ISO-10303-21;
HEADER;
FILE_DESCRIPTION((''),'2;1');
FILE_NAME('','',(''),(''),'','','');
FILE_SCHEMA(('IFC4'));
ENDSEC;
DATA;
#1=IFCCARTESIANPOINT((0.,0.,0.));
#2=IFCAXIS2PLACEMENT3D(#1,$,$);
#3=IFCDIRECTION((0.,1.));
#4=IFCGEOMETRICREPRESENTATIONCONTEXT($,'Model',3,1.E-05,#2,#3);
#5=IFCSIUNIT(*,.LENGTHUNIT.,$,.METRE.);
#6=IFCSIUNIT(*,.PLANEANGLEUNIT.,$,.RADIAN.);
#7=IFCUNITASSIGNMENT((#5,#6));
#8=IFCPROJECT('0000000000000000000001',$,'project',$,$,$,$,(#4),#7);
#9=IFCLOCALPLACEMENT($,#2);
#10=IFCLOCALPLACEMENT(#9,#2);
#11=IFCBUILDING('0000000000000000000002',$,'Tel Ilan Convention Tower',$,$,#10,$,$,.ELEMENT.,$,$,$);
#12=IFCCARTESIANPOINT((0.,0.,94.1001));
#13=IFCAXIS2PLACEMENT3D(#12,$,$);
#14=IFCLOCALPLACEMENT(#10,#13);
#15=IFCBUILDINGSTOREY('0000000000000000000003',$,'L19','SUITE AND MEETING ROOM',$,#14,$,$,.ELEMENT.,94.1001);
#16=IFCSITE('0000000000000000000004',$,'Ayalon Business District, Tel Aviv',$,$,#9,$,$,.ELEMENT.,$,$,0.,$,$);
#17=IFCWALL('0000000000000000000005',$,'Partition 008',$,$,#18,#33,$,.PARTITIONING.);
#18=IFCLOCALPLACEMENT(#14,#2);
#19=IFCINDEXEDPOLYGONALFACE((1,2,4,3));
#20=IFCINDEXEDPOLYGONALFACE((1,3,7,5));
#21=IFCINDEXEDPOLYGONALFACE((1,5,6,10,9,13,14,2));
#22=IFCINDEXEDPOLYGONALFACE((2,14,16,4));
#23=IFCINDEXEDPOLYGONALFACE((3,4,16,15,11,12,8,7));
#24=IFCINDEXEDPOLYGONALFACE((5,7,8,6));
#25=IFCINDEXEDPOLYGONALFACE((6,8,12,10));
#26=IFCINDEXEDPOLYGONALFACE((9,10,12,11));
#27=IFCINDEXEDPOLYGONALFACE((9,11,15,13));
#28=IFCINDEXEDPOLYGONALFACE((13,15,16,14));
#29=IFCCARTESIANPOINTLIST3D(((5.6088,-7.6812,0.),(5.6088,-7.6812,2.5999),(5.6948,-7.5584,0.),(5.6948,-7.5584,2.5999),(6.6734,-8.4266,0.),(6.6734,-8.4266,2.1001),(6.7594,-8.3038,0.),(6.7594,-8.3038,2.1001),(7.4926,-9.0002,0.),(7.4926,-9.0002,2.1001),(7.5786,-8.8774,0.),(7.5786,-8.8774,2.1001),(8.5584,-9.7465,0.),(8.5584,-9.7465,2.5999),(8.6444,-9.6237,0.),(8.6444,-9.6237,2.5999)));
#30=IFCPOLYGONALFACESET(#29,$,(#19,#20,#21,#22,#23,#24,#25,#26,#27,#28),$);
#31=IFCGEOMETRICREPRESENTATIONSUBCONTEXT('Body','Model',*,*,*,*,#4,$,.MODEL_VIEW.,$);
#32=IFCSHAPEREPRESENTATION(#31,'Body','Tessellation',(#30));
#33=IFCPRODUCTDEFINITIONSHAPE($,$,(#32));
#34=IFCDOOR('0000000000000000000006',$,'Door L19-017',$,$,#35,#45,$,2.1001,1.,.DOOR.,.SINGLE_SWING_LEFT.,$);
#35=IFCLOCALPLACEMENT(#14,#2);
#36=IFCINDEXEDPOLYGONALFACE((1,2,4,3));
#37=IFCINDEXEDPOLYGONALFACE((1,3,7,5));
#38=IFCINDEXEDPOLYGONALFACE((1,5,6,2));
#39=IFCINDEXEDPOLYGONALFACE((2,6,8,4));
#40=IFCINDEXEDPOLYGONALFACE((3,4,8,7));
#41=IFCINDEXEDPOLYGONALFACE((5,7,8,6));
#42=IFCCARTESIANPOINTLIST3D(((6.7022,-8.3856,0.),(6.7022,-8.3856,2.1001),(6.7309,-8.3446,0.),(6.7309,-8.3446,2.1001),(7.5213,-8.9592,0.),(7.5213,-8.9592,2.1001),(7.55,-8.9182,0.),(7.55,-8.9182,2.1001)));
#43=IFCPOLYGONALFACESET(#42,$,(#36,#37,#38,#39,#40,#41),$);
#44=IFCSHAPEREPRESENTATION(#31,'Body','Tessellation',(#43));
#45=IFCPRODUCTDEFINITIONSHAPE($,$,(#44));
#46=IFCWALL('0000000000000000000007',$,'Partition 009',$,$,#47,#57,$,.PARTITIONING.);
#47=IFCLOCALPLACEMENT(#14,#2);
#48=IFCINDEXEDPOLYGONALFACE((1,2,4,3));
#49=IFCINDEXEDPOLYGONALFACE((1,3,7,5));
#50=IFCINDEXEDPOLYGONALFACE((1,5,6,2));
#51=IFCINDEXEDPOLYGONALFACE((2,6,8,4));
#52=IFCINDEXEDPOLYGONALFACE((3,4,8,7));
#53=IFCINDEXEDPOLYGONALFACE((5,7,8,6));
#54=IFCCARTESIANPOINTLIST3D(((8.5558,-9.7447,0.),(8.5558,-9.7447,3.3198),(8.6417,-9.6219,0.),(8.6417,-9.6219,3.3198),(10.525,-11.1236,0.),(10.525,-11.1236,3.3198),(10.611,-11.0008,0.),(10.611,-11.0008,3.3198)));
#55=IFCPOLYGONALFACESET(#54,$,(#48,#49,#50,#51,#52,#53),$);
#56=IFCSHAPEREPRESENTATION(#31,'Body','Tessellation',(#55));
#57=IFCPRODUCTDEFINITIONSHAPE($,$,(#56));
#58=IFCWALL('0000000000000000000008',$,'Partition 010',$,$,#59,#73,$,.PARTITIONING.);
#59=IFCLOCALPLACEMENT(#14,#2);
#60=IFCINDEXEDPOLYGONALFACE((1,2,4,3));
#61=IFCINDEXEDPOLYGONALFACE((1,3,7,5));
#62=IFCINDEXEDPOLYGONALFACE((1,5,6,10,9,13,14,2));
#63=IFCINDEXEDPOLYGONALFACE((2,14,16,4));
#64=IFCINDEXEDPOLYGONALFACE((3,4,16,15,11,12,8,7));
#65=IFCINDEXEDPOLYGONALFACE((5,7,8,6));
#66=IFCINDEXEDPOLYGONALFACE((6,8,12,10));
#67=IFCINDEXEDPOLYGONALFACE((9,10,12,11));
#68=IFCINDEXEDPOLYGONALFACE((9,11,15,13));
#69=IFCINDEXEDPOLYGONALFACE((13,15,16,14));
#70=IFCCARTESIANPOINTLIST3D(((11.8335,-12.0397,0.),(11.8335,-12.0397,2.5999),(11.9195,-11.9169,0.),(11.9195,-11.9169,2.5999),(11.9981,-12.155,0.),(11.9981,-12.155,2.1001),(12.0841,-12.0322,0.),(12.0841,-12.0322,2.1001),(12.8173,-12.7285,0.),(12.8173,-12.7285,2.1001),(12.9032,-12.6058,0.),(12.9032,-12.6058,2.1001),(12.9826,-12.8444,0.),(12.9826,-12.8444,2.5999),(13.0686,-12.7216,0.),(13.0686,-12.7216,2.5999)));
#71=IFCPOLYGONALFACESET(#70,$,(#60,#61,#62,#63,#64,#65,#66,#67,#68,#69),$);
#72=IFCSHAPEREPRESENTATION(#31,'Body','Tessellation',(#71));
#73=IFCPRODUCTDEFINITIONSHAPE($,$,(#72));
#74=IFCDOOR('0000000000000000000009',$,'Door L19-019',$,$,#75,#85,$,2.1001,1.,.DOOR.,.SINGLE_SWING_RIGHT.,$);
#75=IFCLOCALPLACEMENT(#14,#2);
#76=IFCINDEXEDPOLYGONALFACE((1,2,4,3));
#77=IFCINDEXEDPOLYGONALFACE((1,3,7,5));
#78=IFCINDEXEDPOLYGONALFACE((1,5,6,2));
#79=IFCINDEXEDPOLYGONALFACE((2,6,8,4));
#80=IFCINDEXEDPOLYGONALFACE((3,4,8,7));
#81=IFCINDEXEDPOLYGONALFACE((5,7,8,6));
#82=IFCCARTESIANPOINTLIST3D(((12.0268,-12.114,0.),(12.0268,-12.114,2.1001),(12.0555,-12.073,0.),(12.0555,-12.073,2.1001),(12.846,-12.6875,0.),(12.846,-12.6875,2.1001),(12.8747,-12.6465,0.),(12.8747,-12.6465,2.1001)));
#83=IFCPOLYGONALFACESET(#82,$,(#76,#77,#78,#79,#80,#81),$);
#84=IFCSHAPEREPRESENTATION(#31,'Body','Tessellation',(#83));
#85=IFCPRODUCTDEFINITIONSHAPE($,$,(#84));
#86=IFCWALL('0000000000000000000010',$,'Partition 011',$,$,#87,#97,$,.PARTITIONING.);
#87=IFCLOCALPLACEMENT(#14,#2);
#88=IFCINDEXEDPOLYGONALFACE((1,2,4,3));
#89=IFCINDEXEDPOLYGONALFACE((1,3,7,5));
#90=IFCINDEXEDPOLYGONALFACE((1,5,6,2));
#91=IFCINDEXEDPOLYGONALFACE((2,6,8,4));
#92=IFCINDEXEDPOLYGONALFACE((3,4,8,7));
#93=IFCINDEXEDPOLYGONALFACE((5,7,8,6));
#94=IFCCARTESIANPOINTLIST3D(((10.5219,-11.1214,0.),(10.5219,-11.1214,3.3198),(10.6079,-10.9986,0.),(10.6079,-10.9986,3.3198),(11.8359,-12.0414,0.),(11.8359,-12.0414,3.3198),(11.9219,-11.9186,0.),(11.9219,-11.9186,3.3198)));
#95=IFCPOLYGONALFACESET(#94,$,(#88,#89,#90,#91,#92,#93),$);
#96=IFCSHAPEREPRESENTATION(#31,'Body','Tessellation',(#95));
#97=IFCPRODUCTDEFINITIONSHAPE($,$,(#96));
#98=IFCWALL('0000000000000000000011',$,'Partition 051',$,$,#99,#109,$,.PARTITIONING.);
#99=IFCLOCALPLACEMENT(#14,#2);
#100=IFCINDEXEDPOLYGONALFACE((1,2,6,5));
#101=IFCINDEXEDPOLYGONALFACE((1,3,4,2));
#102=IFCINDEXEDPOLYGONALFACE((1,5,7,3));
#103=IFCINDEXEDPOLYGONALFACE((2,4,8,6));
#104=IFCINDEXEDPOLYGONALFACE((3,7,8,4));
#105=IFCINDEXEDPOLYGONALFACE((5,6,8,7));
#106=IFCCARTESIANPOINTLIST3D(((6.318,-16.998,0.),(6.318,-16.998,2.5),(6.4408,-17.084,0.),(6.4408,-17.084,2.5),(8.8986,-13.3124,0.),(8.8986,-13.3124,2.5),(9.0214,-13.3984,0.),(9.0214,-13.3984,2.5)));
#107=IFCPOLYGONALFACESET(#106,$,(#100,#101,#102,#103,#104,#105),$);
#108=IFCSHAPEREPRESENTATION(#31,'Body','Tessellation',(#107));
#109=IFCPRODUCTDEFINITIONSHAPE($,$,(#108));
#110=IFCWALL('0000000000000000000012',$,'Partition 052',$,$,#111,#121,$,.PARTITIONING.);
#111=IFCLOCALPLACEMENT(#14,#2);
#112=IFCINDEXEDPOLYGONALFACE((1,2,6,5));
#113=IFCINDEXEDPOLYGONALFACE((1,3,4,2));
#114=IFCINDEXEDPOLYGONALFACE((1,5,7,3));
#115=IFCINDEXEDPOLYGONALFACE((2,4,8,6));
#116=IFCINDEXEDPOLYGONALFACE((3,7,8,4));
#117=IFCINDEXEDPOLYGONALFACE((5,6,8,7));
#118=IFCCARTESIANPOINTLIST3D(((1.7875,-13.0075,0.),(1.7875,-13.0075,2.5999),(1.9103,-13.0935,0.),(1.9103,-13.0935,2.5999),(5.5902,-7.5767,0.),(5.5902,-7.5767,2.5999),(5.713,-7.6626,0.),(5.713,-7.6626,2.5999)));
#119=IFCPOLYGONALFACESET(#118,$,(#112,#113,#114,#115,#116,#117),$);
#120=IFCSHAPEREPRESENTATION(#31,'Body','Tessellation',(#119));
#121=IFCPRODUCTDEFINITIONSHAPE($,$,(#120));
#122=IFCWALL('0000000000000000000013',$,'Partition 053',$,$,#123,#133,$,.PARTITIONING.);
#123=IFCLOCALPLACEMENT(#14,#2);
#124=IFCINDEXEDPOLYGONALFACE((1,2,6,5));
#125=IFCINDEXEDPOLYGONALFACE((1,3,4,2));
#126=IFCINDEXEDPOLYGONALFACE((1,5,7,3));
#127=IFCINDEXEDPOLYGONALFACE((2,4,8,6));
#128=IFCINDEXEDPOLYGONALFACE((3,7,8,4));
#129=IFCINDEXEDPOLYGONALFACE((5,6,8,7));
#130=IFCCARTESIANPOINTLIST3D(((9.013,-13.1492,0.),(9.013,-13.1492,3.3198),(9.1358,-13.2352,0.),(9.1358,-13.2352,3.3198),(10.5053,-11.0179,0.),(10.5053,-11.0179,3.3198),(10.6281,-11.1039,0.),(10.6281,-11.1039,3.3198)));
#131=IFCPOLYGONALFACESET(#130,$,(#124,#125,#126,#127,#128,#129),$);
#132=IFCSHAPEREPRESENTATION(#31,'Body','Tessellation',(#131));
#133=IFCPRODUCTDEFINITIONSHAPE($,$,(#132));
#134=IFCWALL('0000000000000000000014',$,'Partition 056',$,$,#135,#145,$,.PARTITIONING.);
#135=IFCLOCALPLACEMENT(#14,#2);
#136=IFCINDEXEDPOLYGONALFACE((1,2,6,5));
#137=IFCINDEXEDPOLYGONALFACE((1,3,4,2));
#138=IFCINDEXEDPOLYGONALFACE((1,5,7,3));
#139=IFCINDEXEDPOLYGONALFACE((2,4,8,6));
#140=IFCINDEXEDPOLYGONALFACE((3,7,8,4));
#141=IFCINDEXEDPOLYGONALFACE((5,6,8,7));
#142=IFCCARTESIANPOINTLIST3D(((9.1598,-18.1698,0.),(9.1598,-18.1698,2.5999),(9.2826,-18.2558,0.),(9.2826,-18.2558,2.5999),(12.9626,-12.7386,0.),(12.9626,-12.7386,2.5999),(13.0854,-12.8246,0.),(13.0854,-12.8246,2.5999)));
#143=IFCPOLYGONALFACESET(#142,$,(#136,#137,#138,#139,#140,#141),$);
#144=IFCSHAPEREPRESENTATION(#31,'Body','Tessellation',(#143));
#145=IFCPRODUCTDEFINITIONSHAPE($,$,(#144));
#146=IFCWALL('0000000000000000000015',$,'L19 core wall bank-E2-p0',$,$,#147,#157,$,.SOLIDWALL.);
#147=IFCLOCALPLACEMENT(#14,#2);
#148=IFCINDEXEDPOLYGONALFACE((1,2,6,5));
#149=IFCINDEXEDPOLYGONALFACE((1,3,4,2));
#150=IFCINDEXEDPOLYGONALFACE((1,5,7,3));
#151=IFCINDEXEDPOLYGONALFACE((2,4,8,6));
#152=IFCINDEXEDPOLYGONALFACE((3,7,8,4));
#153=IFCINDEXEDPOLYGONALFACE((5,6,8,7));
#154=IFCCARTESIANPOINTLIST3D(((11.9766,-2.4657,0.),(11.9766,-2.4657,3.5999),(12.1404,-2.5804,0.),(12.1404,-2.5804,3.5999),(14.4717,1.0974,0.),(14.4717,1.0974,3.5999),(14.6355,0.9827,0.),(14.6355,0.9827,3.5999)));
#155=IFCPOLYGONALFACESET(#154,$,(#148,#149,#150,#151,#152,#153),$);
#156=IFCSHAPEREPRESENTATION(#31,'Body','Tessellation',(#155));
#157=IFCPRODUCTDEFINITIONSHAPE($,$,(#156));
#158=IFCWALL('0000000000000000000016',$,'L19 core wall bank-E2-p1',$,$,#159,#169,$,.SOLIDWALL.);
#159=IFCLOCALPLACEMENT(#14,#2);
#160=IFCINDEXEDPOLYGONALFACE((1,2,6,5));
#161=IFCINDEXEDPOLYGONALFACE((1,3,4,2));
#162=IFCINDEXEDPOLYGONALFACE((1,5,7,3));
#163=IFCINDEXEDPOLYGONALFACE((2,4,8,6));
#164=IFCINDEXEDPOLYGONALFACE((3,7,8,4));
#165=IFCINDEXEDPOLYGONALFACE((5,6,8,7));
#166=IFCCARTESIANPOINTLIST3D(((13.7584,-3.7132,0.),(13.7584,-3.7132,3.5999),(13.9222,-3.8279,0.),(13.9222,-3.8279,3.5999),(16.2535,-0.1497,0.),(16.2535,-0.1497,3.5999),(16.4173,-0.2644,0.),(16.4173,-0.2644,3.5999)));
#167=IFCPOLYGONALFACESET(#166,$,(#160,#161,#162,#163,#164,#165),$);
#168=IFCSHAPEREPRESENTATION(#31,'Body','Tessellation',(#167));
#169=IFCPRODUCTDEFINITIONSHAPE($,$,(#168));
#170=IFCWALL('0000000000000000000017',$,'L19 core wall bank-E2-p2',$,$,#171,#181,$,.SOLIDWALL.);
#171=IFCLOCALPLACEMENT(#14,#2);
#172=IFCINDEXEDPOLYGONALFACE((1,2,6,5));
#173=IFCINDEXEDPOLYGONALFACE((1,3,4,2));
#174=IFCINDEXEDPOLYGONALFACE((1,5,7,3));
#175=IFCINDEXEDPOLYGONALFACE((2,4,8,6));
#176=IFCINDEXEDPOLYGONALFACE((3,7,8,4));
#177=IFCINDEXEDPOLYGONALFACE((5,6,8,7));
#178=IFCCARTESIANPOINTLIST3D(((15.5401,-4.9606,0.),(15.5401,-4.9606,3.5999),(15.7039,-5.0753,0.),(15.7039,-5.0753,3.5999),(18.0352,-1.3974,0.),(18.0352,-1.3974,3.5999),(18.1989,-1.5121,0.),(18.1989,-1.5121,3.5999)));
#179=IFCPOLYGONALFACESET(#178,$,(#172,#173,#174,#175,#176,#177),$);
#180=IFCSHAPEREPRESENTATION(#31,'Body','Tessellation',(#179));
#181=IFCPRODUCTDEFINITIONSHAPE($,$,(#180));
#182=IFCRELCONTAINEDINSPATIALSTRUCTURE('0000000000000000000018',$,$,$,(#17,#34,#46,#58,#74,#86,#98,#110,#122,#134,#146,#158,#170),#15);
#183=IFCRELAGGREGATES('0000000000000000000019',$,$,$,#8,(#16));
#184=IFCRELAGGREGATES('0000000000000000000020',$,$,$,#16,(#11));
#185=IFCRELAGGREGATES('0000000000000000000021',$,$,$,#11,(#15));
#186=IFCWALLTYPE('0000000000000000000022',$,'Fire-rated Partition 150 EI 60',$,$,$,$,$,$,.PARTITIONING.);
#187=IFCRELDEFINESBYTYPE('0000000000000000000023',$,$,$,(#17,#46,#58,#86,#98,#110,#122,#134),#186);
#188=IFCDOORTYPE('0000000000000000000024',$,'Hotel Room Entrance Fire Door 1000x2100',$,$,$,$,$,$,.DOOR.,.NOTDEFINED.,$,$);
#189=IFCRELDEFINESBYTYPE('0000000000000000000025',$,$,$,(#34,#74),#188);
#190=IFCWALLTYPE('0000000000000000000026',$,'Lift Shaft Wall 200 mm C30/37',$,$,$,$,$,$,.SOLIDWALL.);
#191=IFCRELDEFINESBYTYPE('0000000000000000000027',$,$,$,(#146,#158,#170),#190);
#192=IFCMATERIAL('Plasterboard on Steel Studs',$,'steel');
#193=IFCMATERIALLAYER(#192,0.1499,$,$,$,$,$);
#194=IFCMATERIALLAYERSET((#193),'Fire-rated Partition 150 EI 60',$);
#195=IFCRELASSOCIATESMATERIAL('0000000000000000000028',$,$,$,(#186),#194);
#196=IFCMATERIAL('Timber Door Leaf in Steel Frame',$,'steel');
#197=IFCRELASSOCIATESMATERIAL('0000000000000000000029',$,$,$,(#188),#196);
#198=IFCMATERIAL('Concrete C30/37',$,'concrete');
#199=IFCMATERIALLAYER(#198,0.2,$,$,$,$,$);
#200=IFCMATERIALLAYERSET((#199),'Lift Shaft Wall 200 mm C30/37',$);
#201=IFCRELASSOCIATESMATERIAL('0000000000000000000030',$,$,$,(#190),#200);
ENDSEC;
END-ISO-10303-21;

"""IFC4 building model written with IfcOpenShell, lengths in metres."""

from ifc_helpers import new_model, si_unit, direction, frame, frame_2d, origin, place, context, subcontext, project, spatial, rectangle, extrude, material, layer, layer_set, type_object, element, fill, save


model = new_model("IFC4")

# Units and contexts
model_context = context("Model", 3, precision=1e-05, world=origin(), true_north=direction((0.0, 1.0)))
body_context = subcontext(model_context, "Body", "Model", "MODEL_VIEW")
ifc_project = project(units=[si_unit("LENGTHUNIT", "METRE"), si_unit("PLANEANGLEUNIT", "RADIAN")], contexts=[model_context])

# Site, building, storey
site_placement = place(None, origin())
site = spatial("IfcSite", under=ifc_project, at=site_placement, Name="Ayalon Business District, Tel Aviv", CompositionType="ELEMENT", RefElevation=0.0)
building_placement = place(site_placement, origin())
building = spatial("IfcBuilding", under=site, at=building_placement, Name="Tel Ilan Convention Tower", CompositionType="ELEMENT")
storey_placement = place(building_placement, frame((0.0, 0.0, 94.1001)))
storey = spatial("IfcBuildingStorey", under=building, at=storey_placement, Name="L19", Description="SUITE AND MEETING ROOM", CompositionType="ELEMENT", Elevation=94.1001)

# Wall, opening, door
ifc_material_1 = material(Name="Plasterboard on Steel Studs", Category="steel")
ifc_layer_1 = layer(ifc_material_1, 0.1499)
ifc_layer_set_1 = layer_set([ifc_layer_1], Name="Fire-rated Partition 150 EI 60")
wall_type_1 = type_object("IfcWallType", Name="Fire-rated Partition 150 EI 60", PredefinedType="PARTITIONING", material=ifc_layer_set_1)
wall_1_placement = place(storey_placement, frame((8.6013, -9.6851, 0.0), z_axis=(0.0, 0.0, 1.0), x_axis=(-0.819149, 0.573581, 0.0)))
wall_1 = element("IfcWall", 1, at=wall_1_placement, inside=storey, type_object=wall_type_1, Name="Partition 008", PredefinedType="PARTITIONING", context=body_context, shape_type="SweptSolid", body=[
    extrude(rectangle(XDim=3.6008, YDim=0.1499, at=frame_2d((1.8003, 0.0))), origin(), (0.0, 0.0, 1.0), 2.5999),
])
opening_1_placement = place(wall_1_placement, frame((1.301, 0.0, 0.0)))
opening_1 = element("IfcOpeningElement", 2, at=opening_1_placement, cuts=wall_1, PredefinedType="OPENING", context=body_context, shape_type="SweptSolid", body=[
    extrude(rectangle(XDim=1.0, YDim=2.1001, at=frame_2d((0.5, 1.05))), frame((0.0, 0.085, 0.0), z_axis=(0.0, -1.0, 0.0), x_axis=(1.0, 0.0, 0.0)), (0.0, 0.0, 1.0), 0.1699),
])
ifc_material_2 = material(Name="Timber Door Leaf in Steel Frame", Category="steel")
door_type_1 = type_object("IfcDoorType", Name="Hotel Room Entrance Fire Door 1000x2100", OperationType="NOTDEFINED", PredefinedType="DOOR", material=ifc_material_2)
door_1_placement = place(opening_1_placement, origin())
door_1 = element("IfcDoor", 3, at=door_1_placement, inside=storey, type_object=door_type_1, Name="Door L19-017", OperationType="SINGLE_SWING_LEFT", OverallHeight=2.1001, OverallWidth=1.0, PredefinedType="DOOR", context=body_context, shape_type="SweptSolid", body=[
    extrude(rectangle(XDim=1.0, YDim=2.1001, at=frame_2d((0.5, 1.05))), frame((0.0, 0.0249, 0.0), z_axis=(0.0, -1.0, 0.0), x_axis=(1.0, 0.0, 0.0)), (0.0, 0.0, 1.0), 0.05),
])
fill(opening_1, door_1)

# Wall
wall_2_placement = place(storey_placement, frame((10.5681, -11.0623, 0.0), z_axis=(0.0, 0.0, 1.0), x_axis=(-0.819146, 0.573585, 0.0)))
element("IfcWall", 4, at=wall_2_placement, inside=storey, type_object=wall_type_1, Name="Partition 009", PredefinedType="PARTITIONING", context=body_context, shape_type="SweptSolid", body=[
    extrude(rectangle(XDim=2.4041, YDim=0.1499, at=frame_2d((1.2021, 0.0))), origin(), (0.0, 0.0, 1.0), 3.3198),
])

# Wall, opening, door
wall_3_placement = place(storey_placement, frame((13.0256, -12.783, 0.0), z_axis=(0.0, 0.0, 1.0), x_axis=(-0.819142, 0.573591, 0.0)))
wall_3 = element("IfcWall", 5, at=wall_3_placement, inside=storey, type_object=wall_type_1, Name="Partition 010", PredefinedType="PARTITIONING", context=body_context, shape_type="SweptSolid", body=[
    extrude(rectangle(XDim=1.4028, YDim=0.1499, at=frame_2d((0.7014, 0.0))), origin(), (0.0, 0.0, 1.0), 2.5999),
])
opening_2_placement = place(wall_3_placement, frame((0.2019, 0.0, 0.0)))
opening_2 = element("IfcOpeningElement", 6, at=opening_2_placement, cuts=wall_3, PredefinedType="OPENING", context=body_context, shape_type="SweptSolid", body=[
    extrude(rectangle(XDim=1.0, YDim=2.1001, at=frame_2d((0.5, 1.05))), frame((0.0, 0.085, 0.0), z_axis=(0.0, -1.0, 0.0), x_axis=(1.0, 0.0, 0.0)), (0.0, 0.0, 1.0), 0.1699),
])
door_2_placement = place(opening_2_placement, origin())
door_2 = element("IfcDoor", 7, at=door_2_placement, inside=storey, type_object=door_type_1, Name="Door L19-019", OperationType="SINGLE_SWING_RIGHT", OverallHeight=2.1001, OverallWidth=1.0, PredefinedType="DOOR", context=body_context, shape_type="SweptSolid", body=[
    extrude(rectangle(XDim=1.0, YDim=2.1001, at=frame_2d((0.5, 1.05))), frame((0.0, 0.0249, 0.0), z_axis=(0.0, -1.0, 0.0), x_axis=(1.0, 0.0, 0.0)), (0.0, 0.0, 1.0), 0.05),
])
fill(opening_2, door_2)

# Walls
wall_4_placement = place(storey_placement, frame((11.8789, -11.98, 0.0), z_axis=(0.0, 0.0, 1.0), x_axis=(-0.819189, 0.573524, 0.0)))
element("IfcWall", 8, at=wall_4_placement, inside=storey, type_object=wall_type_1, Name="Partition 011", PredefinedType="PARTITIONING", context=body_context, shape_type="SweptSolid", body=[
    extrude(rectangle(XDim=1.604, YDim=0.1499, at=frame_2d((0.802, 0.0))), origin(), (0.0, 0.0, 1.0), 3.3198),
])
wall_5_placement = place(storey_placement, frame((8.96, -13.3555, 0.0), z_axis=(0.0, 0.0, 1.0), x_axis=(-0.573564, -0.819161, 0.0)))
element("IfcWall", 9, at=wall_5_placement, inside=storey, type_object=wall_type_1, Name="Partition 051", PredefinedType="PARTITIONING", context=body_context, shape_type="SweptSolid", body=[
    extrude(rectangle(XDim=4.4993, YDim=0.1499, at=frame_2d((2.2495, 0.0))), origin(), (0.0, 0.0, 1.0), 2.5),
])
wall_6_placement = place(storey_placement, frame((1.8489, -13.0505, 0.0), z_axis=(0.0, 0.0, 1.0), x_axis=(0.573574, 0.819154, 0.0)))
element("IfcWall", 10, at=wall_6_placement, inside=storey, type_object=wall_type_1, Name="Partition 052", PredefinedType="PARTITIONING", context=body_context, shape_type="SweptSolid", body=[
    extrude(rectangle(XDim=6.6299, YDim=0.1499, at=frame_2d((3.3149, 0.0))), origin(), (0.0, 0.0, 1.0), 2.5999),
])
wall_7_placement = place(storey_placement, frame((10.5667, -11.061, 0.0), z_axis=(0.0, 0.0, 1.0), x_axis=(-0.573588, -0.819144, 0.0)))
element("IfcWall", 11, at=wall_7_placement, inside=storey, type_object=wall_type_1, Name="Partition 053", PredefinedType="PARTITIONING", context=body_context, shape_type="SweptSolid", body=[
    extrude(rectangle(XDim=2.6018, YDim=0.1499, at=frame_2d((1.3008, 0.0))), origin(), (0.0, 0.0, 1.0), 3.3198),
])
wall_8_placement = place(storey_placement, frame((13.0239, -12.7817, 0.0), z_axis=(0.0, 0.0, 1.0), x_axis=(-0.573556, -0.819166, 0.0)))
element("IfcWall", 12, at=wall_8_placement, inside=storey, type_object=wall_type_1, Name="Partition 056", PredefinedType="PARTITIONING", context=body_context, shape_type="SweptSolid", body=[
    extrude(rectangle(XDim=6.6301, YDim=0.1499, at=frame_2d((3.3149, 0.0))), origin(), (0.0, 0.0, 1.0), 2.5999),
])
ifc_material_3 = material(Name="Concrete C30/37", Category="concrete")
ifc_layer_2 = layer(ifc_material_3, 0.2)
ifc_layer_set_2 = layer_set([ifc_layer_2], Name="Lift Shaft Wall 200 mm C30/37")
wall_type_2 = type_object("IfcWallType", Name="Lift Shaft Wall 200 mm C30/37", PredefinedType="SOLIDWALL", material=ifc_layer_set_2)
wall_9_placement = place(storey_placement, frame((12.0586, -2.5229, 0.0), z_axis=(0.0, 0.0, 1.0), x_axis=(0.573594, 0.81914, 0.0)))
element("IfcWall", 13, at=wall_9_placement, inside=storey, type_object=wall_type_2, Name="L19 core wall bank-E2-p0", PredefinedType="SOLIDWALL", context=body_context, shape_type="SweptSolid", body=[
    extrude(rectangle(XDim=4.3499, YDim=0.2, at=frame_2d((2.1748, 0.0))), origin(), (0.0, 0.0, 1.0), 3.5999),
])
wall_10_placement = place(storey_placement, frame((13.8403, -3.7705, 0.0), z_axis=(0.0, 0.0, 1.0), x_axis=(0.573568, 0.819158, 0.0)))
element("IfcWall", 14, at=wall_10_placement, inside=storey, type_object=wall_type_2, Name="L19 core wall bank-E2-p1", PredefinedType="SOLIDWALL", context=body_context, shape_type="SweptSolid", body=[
    extrude(rectangle(XDim=4.3501, YDim=0.2, at=frame_2d((2.175, 0.0))), origin(), (0.0, 0.0, 1.0), 3.5999),
])
wall_11_placement = place(storey_placement, frame((15.6221, -5.0178, 0.0), z_axis=(0.0, 0.0, 1.0), x_axis=(0.573594, 0.81914, 0.0)))
element("IfcWall", 15, at=wall_11_placement, inside=storey, type_object=wall_type_2, Name="L19 core wall bank-E2-p2", PredefinedType="SOLIDWALL", context=body_context, shape_type="SweptSolid", body=[
    extrude(rectangle(XDim=4.3499, YDim=0.2, at=frame_2d((2.1748, 0.0))), origin(), (0.0, 0.0, 1.0), 3.5999),
])

save(model, "model.ifc")
